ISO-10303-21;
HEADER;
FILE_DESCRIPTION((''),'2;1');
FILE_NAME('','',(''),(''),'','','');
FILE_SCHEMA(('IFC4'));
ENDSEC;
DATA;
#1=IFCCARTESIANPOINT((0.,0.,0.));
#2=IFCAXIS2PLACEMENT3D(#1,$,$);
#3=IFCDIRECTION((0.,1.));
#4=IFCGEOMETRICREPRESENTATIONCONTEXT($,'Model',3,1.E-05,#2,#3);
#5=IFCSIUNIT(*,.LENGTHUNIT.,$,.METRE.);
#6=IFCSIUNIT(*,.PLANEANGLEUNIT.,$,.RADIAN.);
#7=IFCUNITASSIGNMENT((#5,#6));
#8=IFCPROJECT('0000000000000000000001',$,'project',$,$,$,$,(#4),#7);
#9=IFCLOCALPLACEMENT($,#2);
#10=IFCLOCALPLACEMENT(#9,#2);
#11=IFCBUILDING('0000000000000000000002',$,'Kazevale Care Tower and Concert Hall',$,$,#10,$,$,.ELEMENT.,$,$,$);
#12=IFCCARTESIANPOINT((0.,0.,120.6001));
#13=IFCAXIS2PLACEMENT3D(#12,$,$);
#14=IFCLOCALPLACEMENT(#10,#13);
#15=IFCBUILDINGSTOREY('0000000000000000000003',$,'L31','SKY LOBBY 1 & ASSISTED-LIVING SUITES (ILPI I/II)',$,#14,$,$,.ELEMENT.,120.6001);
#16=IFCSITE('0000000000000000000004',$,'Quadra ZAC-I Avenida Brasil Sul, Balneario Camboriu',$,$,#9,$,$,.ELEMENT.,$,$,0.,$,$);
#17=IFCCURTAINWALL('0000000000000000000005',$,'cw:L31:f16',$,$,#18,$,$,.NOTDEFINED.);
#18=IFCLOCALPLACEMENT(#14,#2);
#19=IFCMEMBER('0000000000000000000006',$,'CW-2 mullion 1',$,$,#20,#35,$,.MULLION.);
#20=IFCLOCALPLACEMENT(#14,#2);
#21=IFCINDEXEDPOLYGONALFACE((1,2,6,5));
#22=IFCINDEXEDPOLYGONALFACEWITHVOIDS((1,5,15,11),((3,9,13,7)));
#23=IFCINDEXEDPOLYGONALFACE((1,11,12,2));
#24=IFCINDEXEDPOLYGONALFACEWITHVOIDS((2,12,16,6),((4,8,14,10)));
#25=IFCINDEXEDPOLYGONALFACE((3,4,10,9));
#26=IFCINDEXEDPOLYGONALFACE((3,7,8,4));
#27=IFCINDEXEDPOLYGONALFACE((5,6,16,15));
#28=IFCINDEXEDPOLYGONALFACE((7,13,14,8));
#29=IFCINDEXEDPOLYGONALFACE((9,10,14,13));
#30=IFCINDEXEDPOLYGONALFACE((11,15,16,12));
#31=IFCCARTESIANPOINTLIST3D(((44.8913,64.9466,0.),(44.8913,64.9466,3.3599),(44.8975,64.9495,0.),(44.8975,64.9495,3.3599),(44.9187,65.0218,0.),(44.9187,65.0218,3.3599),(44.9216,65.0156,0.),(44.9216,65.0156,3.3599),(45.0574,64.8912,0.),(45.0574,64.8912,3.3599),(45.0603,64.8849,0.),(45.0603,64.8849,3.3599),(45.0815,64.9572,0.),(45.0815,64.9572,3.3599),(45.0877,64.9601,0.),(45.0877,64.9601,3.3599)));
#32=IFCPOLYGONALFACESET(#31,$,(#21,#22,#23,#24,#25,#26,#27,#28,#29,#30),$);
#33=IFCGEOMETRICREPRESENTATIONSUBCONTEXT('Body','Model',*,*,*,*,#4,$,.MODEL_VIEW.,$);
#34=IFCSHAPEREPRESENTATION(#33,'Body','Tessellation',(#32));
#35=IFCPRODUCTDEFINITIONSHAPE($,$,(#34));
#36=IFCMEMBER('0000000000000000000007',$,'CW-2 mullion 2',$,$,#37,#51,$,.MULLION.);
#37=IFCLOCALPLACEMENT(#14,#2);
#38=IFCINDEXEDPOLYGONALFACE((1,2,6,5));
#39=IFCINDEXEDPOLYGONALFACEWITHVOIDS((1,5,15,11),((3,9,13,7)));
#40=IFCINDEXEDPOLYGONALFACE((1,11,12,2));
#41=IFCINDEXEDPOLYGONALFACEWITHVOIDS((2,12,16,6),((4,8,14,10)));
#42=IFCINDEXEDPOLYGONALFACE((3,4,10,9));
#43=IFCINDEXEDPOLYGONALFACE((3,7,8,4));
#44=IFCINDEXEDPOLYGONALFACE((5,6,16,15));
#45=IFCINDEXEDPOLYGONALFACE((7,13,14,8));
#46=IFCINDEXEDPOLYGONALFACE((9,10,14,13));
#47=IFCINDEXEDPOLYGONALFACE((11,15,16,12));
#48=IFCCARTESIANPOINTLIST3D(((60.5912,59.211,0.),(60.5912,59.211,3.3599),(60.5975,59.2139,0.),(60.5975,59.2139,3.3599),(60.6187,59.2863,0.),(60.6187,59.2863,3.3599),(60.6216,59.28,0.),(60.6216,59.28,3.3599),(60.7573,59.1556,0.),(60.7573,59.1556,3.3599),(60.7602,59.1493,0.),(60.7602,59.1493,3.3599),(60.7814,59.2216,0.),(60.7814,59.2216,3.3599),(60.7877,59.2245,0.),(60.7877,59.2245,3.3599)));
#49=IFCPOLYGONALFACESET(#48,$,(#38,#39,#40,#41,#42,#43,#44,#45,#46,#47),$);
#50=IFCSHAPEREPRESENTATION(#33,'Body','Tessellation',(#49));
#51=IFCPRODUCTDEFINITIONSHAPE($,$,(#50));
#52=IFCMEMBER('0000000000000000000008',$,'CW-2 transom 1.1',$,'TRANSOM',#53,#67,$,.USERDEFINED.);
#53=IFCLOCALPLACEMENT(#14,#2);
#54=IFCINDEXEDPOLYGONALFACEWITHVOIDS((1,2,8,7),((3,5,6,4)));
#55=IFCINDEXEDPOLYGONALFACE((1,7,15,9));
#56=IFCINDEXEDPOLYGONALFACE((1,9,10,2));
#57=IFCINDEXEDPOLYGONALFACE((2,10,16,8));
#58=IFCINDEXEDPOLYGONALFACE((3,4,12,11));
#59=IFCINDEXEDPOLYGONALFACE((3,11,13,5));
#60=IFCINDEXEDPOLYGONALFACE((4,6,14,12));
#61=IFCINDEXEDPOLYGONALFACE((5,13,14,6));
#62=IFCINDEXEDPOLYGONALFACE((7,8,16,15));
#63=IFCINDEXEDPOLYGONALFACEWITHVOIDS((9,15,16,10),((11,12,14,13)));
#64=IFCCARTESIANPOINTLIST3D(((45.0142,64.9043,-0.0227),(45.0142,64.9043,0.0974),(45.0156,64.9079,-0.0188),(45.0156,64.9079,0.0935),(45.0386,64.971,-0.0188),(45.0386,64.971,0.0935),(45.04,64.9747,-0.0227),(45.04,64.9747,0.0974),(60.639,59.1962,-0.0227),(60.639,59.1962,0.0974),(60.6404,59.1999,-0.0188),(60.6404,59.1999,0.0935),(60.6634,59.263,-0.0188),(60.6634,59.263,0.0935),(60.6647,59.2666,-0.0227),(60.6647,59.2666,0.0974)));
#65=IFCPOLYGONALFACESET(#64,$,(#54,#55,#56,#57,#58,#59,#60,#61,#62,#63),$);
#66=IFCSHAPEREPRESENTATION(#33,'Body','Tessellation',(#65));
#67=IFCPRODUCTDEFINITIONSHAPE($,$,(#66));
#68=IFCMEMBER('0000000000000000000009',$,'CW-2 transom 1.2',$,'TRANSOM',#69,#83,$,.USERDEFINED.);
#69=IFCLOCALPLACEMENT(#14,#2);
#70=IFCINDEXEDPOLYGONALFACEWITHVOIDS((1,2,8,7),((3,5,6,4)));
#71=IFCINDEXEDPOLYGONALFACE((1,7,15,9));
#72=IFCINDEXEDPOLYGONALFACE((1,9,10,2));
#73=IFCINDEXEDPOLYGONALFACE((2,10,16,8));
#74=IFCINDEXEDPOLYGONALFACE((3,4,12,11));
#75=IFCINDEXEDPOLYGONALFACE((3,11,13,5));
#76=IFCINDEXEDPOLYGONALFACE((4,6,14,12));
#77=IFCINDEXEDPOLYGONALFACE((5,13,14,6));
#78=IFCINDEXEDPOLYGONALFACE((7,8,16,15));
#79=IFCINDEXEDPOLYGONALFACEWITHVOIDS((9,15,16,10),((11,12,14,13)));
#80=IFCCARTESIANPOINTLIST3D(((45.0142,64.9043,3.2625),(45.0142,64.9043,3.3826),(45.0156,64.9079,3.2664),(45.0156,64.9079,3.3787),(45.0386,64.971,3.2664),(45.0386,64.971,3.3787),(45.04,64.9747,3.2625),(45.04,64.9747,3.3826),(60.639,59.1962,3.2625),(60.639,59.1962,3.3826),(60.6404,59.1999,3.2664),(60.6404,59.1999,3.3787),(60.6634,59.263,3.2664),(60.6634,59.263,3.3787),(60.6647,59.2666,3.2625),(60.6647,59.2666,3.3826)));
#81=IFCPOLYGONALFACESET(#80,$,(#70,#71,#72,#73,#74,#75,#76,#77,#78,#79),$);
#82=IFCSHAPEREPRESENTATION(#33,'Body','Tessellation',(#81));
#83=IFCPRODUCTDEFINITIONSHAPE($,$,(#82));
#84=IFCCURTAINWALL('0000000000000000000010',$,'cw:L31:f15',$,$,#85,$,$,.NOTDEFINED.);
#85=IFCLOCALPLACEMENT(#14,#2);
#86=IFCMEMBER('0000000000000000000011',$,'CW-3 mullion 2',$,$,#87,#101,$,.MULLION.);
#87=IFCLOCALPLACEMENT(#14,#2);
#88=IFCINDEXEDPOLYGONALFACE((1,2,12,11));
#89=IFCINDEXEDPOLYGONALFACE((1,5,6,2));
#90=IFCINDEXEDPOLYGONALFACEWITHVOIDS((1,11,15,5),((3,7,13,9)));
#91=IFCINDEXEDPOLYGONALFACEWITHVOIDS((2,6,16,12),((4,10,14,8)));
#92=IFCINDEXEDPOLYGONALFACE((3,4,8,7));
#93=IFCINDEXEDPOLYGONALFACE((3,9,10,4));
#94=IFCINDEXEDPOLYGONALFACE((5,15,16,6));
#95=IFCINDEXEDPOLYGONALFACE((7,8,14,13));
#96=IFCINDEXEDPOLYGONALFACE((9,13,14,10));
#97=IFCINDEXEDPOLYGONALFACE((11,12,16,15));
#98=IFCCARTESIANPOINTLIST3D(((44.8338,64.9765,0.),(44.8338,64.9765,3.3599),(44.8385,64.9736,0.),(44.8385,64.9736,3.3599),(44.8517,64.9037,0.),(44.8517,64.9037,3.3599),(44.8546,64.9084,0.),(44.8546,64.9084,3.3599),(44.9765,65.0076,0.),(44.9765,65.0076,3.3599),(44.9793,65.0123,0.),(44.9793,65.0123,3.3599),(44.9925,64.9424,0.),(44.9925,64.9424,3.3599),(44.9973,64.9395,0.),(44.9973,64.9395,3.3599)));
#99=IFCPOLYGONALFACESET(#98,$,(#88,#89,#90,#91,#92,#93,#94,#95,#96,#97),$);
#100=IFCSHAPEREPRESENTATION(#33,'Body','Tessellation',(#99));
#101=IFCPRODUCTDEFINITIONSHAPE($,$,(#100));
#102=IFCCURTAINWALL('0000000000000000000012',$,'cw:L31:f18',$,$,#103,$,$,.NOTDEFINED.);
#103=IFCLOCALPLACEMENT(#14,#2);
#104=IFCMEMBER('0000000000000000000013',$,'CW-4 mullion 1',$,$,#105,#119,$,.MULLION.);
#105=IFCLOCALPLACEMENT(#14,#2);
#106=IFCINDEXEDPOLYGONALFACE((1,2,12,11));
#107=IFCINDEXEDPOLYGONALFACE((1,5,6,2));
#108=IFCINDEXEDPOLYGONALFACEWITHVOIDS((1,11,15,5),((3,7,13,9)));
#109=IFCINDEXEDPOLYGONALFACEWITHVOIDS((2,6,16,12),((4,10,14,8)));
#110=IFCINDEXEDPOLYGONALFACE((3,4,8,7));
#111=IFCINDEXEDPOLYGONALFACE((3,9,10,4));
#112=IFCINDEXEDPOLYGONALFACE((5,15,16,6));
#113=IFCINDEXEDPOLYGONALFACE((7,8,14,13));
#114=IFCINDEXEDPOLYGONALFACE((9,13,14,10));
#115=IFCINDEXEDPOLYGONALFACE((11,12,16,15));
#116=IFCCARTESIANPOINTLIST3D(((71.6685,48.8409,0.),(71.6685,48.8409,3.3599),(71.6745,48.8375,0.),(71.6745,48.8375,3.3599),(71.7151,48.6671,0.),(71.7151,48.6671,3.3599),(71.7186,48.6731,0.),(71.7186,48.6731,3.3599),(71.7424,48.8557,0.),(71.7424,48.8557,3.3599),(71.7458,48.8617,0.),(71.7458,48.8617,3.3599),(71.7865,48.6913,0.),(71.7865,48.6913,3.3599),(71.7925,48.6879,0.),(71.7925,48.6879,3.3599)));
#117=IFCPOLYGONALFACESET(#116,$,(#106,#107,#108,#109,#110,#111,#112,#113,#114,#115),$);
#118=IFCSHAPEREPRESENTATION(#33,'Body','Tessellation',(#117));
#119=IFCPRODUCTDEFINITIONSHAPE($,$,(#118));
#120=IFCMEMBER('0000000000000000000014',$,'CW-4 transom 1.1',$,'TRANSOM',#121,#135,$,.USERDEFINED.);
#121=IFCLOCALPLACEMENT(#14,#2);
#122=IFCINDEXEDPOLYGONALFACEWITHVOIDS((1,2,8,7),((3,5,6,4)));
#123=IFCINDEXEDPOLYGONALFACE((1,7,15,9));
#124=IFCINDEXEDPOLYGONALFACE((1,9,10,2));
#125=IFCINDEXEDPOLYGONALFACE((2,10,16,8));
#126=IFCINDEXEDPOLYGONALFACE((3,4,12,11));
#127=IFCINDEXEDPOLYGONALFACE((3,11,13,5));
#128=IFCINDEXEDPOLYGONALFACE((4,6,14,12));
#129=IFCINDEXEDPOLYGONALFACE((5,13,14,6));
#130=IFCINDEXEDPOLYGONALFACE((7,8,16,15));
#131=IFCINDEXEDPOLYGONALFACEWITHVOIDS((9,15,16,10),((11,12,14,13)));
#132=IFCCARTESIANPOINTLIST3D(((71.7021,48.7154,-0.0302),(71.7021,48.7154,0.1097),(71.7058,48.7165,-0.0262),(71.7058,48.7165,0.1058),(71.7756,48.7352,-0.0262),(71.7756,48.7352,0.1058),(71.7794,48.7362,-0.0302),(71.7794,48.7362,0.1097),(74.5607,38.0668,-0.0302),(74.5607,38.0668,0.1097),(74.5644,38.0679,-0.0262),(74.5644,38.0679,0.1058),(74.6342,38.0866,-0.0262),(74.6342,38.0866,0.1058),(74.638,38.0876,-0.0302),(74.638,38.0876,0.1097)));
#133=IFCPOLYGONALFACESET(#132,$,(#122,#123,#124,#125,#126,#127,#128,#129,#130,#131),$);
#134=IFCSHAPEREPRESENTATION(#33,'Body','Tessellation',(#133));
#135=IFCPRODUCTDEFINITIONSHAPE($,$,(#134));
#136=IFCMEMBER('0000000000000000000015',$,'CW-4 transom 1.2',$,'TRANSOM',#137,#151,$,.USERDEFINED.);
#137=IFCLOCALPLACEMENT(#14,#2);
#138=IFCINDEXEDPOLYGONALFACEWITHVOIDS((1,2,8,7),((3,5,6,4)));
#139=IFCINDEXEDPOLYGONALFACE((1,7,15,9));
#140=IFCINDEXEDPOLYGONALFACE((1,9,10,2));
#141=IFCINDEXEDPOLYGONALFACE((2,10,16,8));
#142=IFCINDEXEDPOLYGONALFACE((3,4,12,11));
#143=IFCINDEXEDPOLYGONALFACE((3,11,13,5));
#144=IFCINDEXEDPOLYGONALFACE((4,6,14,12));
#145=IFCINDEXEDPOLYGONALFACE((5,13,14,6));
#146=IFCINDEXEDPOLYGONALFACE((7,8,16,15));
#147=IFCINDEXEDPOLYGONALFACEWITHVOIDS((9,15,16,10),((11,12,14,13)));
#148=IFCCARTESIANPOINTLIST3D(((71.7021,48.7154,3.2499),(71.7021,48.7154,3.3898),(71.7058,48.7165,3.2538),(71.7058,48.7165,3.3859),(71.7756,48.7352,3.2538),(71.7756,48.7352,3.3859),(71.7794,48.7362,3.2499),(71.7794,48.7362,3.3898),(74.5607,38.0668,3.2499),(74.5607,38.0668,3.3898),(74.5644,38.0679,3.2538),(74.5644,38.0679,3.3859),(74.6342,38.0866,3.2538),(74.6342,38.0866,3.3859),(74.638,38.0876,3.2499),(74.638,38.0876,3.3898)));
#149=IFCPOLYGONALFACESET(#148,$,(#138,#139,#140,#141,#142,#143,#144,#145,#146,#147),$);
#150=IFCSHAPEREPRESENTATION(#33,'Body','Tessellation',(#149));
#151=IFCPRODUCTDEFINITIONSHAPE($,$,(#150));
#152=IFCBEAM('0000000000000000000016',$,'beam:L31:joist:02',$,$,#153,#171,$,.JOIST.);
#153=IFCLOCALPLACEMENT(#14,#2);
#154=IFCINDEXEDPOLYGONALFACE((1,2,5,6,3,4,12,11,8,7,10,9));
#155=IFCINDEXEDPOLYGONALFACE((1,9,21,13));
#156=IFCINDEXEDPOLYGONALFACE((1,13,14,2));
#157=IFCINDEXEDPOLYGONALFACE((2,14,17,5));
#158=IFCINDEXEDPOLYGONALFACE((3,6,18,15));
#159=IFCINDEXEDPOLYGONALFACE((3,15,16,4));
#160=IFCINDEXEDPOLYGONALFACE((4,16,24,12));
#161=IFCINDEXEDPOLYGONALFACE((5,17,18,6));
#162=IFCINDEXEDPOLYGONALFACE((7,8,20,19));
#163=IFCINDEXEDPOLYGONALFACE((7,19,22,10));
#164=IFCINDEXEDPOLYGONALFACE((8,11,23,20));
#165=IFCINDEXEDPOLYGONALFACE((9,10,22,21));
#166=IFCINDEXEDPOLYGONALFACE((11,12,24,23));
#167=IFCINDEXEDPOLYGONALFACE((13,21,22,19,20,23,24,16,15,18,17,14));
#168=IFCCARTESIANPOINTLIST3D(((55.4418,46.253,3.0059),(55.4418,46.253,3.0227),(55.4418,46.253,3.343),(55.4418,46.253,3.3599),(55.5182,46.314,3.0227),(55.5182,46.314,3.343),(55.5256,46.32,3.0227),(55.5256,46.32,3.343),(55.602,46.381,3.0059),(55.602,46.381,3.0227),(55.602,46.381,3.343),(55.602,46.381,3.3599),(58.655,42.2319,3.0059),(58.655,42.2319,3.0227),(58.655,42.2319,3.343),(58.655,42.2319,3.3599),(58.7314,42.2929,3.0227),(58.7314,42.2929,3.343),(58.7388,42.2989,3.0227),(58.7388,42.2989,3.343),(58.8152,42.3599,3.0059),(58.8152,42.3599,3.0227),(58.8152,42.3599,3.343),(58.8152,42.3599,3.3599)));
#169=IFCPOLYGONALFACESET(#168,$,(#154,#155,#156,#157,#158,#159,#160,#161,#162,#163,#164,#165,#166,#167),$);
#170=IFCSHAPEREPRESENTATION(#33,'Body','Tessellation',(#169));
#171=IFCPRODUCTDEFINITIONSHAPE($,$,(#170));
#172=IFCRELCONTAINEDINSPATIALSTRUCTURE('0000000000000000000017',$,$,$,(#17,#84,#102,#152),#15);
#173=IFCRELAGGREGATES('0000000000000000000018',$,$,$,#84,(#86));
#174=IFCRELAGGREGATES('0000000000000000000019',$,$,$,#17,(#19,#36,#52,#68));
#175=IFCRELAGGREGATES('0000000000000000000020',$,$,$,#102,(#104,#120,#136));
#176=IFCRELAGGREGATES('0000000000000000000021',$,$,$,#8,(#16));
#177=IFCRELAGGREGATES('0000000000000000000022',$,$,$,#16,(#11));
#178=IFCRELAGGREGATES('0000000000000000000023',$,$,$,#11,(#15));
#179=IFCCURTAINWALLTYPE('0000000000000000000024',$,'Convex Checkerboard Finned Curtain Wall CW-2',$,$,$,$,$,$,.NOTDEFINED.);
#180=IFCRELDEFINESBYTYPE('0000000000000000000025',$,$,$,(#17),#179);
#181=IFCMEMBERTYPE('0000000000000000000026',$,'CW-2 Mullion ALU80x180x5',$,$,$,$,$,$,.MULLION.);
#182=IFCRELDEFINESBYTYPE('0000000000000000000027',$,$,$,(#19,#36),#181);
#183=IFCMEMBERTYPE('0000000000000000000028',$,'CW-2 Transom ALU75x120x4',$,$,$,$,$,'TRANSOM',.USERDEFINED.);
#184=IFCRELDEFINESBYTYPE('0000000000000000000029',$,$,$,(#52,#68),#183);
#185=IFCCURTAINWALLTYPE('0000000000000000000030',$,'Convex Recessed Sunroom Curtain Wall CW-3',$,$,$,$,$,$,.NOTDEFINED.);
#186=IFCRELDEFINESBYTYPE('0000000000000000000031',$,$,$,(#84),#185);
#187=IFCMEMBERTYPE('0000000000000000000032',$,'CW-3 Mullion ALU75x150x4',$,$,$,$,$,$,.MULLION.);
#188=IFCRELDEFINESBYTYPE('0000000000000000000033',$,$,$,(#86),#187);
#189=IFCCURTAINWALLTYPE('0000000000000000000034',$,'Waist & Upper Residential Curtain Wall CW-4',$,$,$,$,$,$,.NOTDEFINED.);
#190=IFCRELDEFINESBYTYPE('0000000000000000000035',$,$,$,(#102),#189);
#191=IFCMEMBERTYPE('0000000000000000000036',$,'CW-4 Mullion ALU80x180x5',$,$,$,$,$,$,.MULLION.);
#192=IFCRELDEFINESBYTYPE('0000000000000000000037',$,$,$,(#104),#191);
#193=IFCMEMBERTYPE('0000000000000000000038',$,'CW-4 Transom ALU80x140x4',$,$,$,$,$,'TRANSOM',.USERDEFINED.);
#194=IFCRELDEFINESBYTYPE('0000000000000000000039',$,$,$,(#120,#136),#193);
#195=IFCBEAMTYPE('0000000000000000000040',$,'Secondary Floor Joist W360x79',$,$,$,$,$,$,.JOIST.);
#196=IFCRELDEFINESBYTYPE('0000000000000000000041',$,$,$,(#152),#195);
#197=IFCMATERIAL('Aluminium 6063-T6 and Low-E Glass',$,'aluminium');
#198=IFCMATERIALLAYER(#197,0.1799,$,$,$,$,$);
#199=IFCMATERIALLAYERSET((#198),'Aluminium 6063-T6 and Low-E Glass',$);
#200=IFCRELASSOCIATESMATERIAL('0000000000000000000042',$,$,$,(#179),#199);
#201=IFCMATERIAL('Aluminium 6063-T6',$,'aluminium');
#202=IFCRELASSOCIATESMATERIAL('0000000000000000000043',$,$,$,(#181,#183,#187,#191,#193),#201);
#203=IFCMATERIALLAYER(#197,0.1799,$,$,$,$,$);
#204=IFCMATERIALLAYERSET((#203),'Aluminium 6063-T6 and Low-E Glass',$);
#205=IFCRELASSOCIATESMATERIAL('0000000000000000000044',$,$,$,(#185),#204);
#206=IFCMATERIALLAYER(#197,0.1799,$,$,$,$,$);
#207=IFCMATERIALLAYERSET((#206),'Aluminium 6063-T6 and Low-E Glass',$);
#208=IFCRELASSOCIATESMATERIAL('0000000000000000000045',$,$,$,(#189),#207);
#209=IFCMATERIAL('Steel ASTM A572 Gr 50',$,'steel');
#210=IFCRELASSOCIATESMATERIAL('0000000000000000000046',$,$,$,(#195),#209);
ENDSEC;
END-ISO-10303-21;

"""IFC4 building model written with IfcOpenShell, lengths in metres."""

from ifc_helpers import new_model, si_unit, direction, frame, origin, origin_2d, place, context, subcontext, project, spatial, hollow_rectangle, i_section, extrude, material, layer, layer_set, material_profile, profile_set, type_object, element, aggregate, save


model = new_model("IFC4")

# Units and contexts
model_context = context("Model", 3, precision=1e-05, world=origin(), true_north=direction((0.0, 1.0)))
body_context = subcontext(model_context, "Body", "Model", "MODEL_VIEW")
ifc_project = project(units=[si_unit("LENGTHUNIT", "METRE"), si_unit("PLANEANGLEUNIT", "RADIAN")], contexts=[model_context])

# Site, building, storey
site_placement = place(None, origin())
site = spatial("IfcSite", under=ifc_project, at=site_placement, Name="Quadra ZAC-I Avenida Brasil Sul, Balneario Camboriu", CompositionType="ELEMENT", RefElevation=0.0)
building_placement = place(site_placement, origin())
building = spatial("IfcBuilding", under=site, at=building_placement, Name="Kazevale Care Tower and Concert Hall", CompositionType="ELEMENT")
storey_placement = place(building_placement, frame((0.0, 0.0, 120.6001)))
storey = spatial("IfcBuildingStorey", under=building, at=storey_placement, Name="L31", Description="SKY LOBBY 1 & ASSISTED-LIVING SUITES (ILPI I/II)", CompositionType="ELEMENT", Elevation=120.6001)

# Curtain wall, members
ifc_material_1 = material(Name="Aluminium 6063-T6 and Low-E Glass", Category="aluminium")
ifc_layer_1 = layer(ifc_material_1, 0.1799)
ifc_layer_set_1 = layer_set([ifc_layer_1], Name="Aluminium 6063-T6 and Low-E Glass")
curtain_wall_type_1 = type_object("IfcCurtainWallType", Name="Convex Checkerboard Finned Curtain Wall CW-2", PredefinedType="NOTDEFINED", material=ifc_layer_set_1)
curtain_wall_1_placement = place(storey_placement, origin())
curtain_wall_1 = element("IfcCurtainWall", 1, at=curtain_wall_1_placement, inside=storey, type_object=curtain_wall_type_1, Name="cw:L31:f16", PredefinedType="NOTDEFINED")
ifc_material_2 = material(Name="Aluminium 6063-T6", Category="aluminium")
ifc_material_profile_1 = material_profile(ifc_material_2, hollow_rectangle(XDim=0.0801, YDim=0.1799, WallThickness=0.0049, at=origin_2d()), Name="ALU80x180x5")
ifc_profile_set_1 = profile_set([ifc_material_profile_1], Name="Aluminium 6063-T6")
member_type_1 = type_object("IfcMemberType", Name="CW-2 Mullion ALU80x180x5", PredefinedType="MULLION", material=ifc_profile_set_1)
member_1_placement = place(storey_placement, frame((44.9895, 64.9534, 0.0), z_axis=(0.0, 0.0, 1.0), x_axis=(0.343143, 0.939283, 0.0)))
member_1 = element("IfcMember", 2, at=member_1_placement, type_object=member_type_1, Name="CW-2 mullion 1", PredefinedType="MULLION", context=body_context, shape_type="SweptSolid", body=[
    extrude(hollow_rectangle(XDim=0.0801, YDim=0.1799, WallThickness=0.0049, at=origin_2d()), origin(), (0.0, 0.0, 1.0), 3.3599),
])
member_2_placement = place(storey_placement, frame((60.6895, 59.2178, 0.0), z_axis=(0.0, 0.0, 1.0), x_axis=(0.343143, 0.939283, 0.0)))
member_2 = element("IfcMember", 3, at=member_2_placement, type_object=member_type_1, Name="CW-2 mullion 2", PredefinedType="MULLION", context=body_context, shape_type="SweptSolid", body=[
    extrude(hollow_rectangle(XDim=0.0801, YDim=0.1799, WallThickness=0.0049, at=origin_2d()), origin(), (0.0, 0.0, 1.0), 3.3599),
])
ifc_material_profile_2 = material_profile(ifc_material_2, hollow_rectangle(XDim=0.075, YDim=0.1201, WallThickness=0.0039, at=origin_2d()), Name="ALU75x120x4")
ifc_profile_set_2 = profile_set([ifc_material_profile_2], Name="Aluminium 6063-T6")
member_type_2 = type_object("IfcMemberType", Name="CW-2 Transom ALU75x120x4", ElementType="TRANSOM", PredefinedType="USERDEFINED", material=ifc_profile_set_2)
member_3_placement = place(storey_placement, frame((45.0271, 64.9395, 0.0374), z_axis=(0.939285, -0.343138, 0.0), x_axis=(0.343138, 0.939285, 0.0)))
member_3 = element("IfcMember", 4, at=member_3_placement, type_object=member_type_2, Name="CW-2 transom 1.1", ObjectType="TRANSOM", PredefinedType="USERDEFINED", context=body_context, shape_type="SweptSolid", body=[
    extrude(hollow_rectangle(XDim=0.075, YDim=0.1201, WallThickness=0.0039, at=origin_2d()), origin(), (0.0, 0.0, 1.0), 16.6348),
])
member_4_placement = place(storey_placement, frame((45.0271, 64.9395, 3.3225), z_axis=(0.939285, -0.343138, 0.0), x_axis=(0.343138, 0.939285, 0.0)))
member_4 = element("IfcMember", 5, at=member_4_placement, type_object=member_type_2, Name="CW-2 transom 1.2", ObjectType="TRANSOM", PredefinedType="USERDEFINED", context=body_context, shape_type="SweptSolid", body=[
    extrude(hollow_rectangle(XDim=0.075, YDim=0.1201, WallThickness=0.0039, at=origin_2d()), origin(), (0.0, 0.0, 1.0), 16.6348),
])

# Curtain wall, member
ifc_layer_2 = layer(ifc_material_1, 0.1799)
ifc_layer_set_2 = layer_set([ifc_layer_2], Name="Aluminium 6063-T6 and Low-E Glass")
curtain_wall_type_2 = type_object("IfcCurtainWallType", Name="Convex Recessed Sunroom Curtain Wall CW-3", PredefinedType="NOTDEFINED", material=ifc_layer_set_2)
curtain_wall_2_placement = place(storey_placement, origin())
curtain_wall_2 = element("IfcCurtainWall", 6, at=curtain_wall_2_placement, inside=storey, type_object=curtain_wall_type_2, Name="cw:L31:f15", PredefinedType="NOTDEFINED")
ifc_material_profile_3 = material_profile(ifc_material_2, hollow_rectangle(XDim=0.075, YDim=0.1499, WallThickness=0.0039, at=origin_2d()), Name="ALU75x150x4")
ifc_profile_set_3 = profile_set([ifc_material_profile_3], Name="Aluminium 6063-T6")
member_type_3 = type_object("IfcMemberType", Name="CW-3 Mullion ALU75x150x4", PredefinedType="MULLION", material=ifc_profile_set_3)
member_5_placement = place(storey_placement, frame((44.9155, 64.958, 0.0), z_axis=(0.0, 0.0, 1.0), x_axis=(-0.239089, 0.970998, 0.0)))
member_5 = element("IfcMember", 7, at=member_5_placement, type_object=member_type_3, Name="CW-3 mullion 2", PredefinedType="MULLION", context=body_context, shape_type="SweptSolid", body=[
    extrude(hollow_rectangle(XDim=0.075, YDim=0.1499, WallThickness=0.0039, at=origin_2d()), origin(), (0.0, 0.0, 1.0), 3.3599),
])
aggregate(curtain_wall_2, [member_5])

# Curtain wall, members
ifc_layer_3 = layer(ifc_material_1, 0.1799)
ifc_layer_set_3 = layer_set([ifc_layer_3], Name="Aluminium 6063-T6 and Low-E Glass")
curtain_wall_type_3 = type_object("IfcCurtainWallType", Name="Waist & Upper Residential Curtain Wall CW-4", PredefinedType="NOTDEFINED", material=ifc_layer_set_3)
curtain_wall_3_placement = place(storey_placement, origin())
curtain_wall_3 = element("IfcCurtainWall", 8, at=curtain_wall_3_placement, inside=storey, type_object=curtain_wall_type_3, Name="cw:L31:f18", PredefinedType="NOTDEFINED")
ifc_material_profile_4 = material_profile(ifc_material_2, hollow_rectangle(XDim=0.0801, YDim=0.1799, WallThickness=0.0049, at=origin_2d()), Name="ALU80x180x5")
ifc_profile_set_4 = profile_set([ifc_material_profile_4], Name="Aluminium 6063-T6")
member_type_4 = type_object("IfcMemberType", Name="CW-4 Mullion ALU80x180x5", PredefinedType="MULLION", material=ifc_profile_set_4)
member_6_placement = place(storey_placement, frame((71.7305, 48.7644, 0.0), z_axis=(0.0, 0.0, 1.0), x_axis=(0.965806, 0.259265, 0.0)))
member_6 = element("IfcMember", 9, at=member_6_placement, type_object=member_type_4, Name="CW-4 mullion 1", PredefinedType="MULLION", context=body_context, shape_type="SweptSolid", body=[
    extrude(hollow_rectangle(XDim=0.0801, YDim=0.1799, WallThickness=0.0049, at=origin_2d()), origin(), (0.0, 0.0, 1.0), 3.3599),
])
ifc_material_profile_5 = material_profile(ifc_material_2, hollow_rectangle(XDim=0.0801, YDim=0.1399, WallThickness=0.0039, at=origin_2d()), Name="ALU80x140x4")
ifc_profile_set_5 = profile_set([ifc_material_profile_5], Name="Aluminium 6063-T6")
member_type_5 = type_object("IfcMemberType", Name="CW-4 Transom ALU80x140x4", ElementType="TRANSOM", PredefinedType="USERDEFINED", material=ifc_profile_set_5)
member_7_placement = place(storey_placement, frame((71.7407, 48.7258, 0.0398), z_axis=(0.259271, -0.965805, 0.0), x_axis=(0.965805, 0.259271, 0.0)))
member_7 = element("IfcMember", 10, at=member_7_placement, type_object=member_type_5, Name="CW-4 transom 1.1", ObjectType="TRANSOM", PredefinedType="USERDEFINED", context=body_context, shape_type="SweptSolid", body=[
    extrude(hollow_rectangle(XDim=0.0801, YDim=0.1399, WallThickness=0.0039, at=origin_2d()), origin(), (0.0, 0.0, 1.0), 11.0256),
])
member_8_placement = place(storey_placement, frame((71.7407, 48.7258, 3.3198), z_axis=(0.259271, -0.965805, 0.0), x_axis=(0.965805, 0.259271, 0.0)))
member_8 = element("IfcMember", 11, at=member_8_placement, type_object=member_type_5, Name="CW-4 transom 1.2", ObjectType="TRANSOM", PredefinedType="USERDEFINED", context=body_context, shape_type="SweptSolid", body=[
    extrude(hollow_rectangle(XDim=0.0801, YDim=0.1399, WallThickness=0.0039, at=origin_2d()), origin(), (0.0, 0.0, 1.0), 11.0256),
])

# Beam
ifc_material_3 = material(Name="Steel ASTM A572 Gr 50", Category="steel")
ifc_material_profile_6 = material_profile(ifc_material_3, i_section(OverallWidth=0.2051, OverallDepth=0.354, WebThickness=0.0095, FlangeThickness=0.0168, at=origin_2d()), Name="W360x79")
ifc_profile_set_6 = profile_set([ifc_material_profile_6], Name="Steel ASTM A572 Gr 50")
beam_type_1 = type_object("IfcBeamType", Name="Secondary Floor Joist W360x79", PredefinedType="JOIST", material=ifc_profile_set_6)
beam_1_placement = place(storey_placement, frame((58.7351, 42.2959, 3.1829), z_axis=(-0.624261, 0.781216, 0.0), x_axis=(-0.781216, -0.624261, 0.0)))
element("IfcBeam", 12, at=beam_1_placement, inside=storey, type_object=beam_type_1, Name="beam:L31:joist:02", PredefinedType="JOIST", context=body_context, shape_type="SweptSolid", body=[
    extrude(i_section(OverallWidth=0.2051, OverallDepth=0.354, WebThickness=0.0095, FlangeThickness=0.0168, at=origin_2d()), origin(), (0.0, 0.0, 1.0), 5.1472),
])

aggregate(curtain_wall_1, [member_1, member_2, member_3, member_4])
aggregate(curtain_wall_3, [member_6, member_7, member_8])

save(model, "model.ifc")
